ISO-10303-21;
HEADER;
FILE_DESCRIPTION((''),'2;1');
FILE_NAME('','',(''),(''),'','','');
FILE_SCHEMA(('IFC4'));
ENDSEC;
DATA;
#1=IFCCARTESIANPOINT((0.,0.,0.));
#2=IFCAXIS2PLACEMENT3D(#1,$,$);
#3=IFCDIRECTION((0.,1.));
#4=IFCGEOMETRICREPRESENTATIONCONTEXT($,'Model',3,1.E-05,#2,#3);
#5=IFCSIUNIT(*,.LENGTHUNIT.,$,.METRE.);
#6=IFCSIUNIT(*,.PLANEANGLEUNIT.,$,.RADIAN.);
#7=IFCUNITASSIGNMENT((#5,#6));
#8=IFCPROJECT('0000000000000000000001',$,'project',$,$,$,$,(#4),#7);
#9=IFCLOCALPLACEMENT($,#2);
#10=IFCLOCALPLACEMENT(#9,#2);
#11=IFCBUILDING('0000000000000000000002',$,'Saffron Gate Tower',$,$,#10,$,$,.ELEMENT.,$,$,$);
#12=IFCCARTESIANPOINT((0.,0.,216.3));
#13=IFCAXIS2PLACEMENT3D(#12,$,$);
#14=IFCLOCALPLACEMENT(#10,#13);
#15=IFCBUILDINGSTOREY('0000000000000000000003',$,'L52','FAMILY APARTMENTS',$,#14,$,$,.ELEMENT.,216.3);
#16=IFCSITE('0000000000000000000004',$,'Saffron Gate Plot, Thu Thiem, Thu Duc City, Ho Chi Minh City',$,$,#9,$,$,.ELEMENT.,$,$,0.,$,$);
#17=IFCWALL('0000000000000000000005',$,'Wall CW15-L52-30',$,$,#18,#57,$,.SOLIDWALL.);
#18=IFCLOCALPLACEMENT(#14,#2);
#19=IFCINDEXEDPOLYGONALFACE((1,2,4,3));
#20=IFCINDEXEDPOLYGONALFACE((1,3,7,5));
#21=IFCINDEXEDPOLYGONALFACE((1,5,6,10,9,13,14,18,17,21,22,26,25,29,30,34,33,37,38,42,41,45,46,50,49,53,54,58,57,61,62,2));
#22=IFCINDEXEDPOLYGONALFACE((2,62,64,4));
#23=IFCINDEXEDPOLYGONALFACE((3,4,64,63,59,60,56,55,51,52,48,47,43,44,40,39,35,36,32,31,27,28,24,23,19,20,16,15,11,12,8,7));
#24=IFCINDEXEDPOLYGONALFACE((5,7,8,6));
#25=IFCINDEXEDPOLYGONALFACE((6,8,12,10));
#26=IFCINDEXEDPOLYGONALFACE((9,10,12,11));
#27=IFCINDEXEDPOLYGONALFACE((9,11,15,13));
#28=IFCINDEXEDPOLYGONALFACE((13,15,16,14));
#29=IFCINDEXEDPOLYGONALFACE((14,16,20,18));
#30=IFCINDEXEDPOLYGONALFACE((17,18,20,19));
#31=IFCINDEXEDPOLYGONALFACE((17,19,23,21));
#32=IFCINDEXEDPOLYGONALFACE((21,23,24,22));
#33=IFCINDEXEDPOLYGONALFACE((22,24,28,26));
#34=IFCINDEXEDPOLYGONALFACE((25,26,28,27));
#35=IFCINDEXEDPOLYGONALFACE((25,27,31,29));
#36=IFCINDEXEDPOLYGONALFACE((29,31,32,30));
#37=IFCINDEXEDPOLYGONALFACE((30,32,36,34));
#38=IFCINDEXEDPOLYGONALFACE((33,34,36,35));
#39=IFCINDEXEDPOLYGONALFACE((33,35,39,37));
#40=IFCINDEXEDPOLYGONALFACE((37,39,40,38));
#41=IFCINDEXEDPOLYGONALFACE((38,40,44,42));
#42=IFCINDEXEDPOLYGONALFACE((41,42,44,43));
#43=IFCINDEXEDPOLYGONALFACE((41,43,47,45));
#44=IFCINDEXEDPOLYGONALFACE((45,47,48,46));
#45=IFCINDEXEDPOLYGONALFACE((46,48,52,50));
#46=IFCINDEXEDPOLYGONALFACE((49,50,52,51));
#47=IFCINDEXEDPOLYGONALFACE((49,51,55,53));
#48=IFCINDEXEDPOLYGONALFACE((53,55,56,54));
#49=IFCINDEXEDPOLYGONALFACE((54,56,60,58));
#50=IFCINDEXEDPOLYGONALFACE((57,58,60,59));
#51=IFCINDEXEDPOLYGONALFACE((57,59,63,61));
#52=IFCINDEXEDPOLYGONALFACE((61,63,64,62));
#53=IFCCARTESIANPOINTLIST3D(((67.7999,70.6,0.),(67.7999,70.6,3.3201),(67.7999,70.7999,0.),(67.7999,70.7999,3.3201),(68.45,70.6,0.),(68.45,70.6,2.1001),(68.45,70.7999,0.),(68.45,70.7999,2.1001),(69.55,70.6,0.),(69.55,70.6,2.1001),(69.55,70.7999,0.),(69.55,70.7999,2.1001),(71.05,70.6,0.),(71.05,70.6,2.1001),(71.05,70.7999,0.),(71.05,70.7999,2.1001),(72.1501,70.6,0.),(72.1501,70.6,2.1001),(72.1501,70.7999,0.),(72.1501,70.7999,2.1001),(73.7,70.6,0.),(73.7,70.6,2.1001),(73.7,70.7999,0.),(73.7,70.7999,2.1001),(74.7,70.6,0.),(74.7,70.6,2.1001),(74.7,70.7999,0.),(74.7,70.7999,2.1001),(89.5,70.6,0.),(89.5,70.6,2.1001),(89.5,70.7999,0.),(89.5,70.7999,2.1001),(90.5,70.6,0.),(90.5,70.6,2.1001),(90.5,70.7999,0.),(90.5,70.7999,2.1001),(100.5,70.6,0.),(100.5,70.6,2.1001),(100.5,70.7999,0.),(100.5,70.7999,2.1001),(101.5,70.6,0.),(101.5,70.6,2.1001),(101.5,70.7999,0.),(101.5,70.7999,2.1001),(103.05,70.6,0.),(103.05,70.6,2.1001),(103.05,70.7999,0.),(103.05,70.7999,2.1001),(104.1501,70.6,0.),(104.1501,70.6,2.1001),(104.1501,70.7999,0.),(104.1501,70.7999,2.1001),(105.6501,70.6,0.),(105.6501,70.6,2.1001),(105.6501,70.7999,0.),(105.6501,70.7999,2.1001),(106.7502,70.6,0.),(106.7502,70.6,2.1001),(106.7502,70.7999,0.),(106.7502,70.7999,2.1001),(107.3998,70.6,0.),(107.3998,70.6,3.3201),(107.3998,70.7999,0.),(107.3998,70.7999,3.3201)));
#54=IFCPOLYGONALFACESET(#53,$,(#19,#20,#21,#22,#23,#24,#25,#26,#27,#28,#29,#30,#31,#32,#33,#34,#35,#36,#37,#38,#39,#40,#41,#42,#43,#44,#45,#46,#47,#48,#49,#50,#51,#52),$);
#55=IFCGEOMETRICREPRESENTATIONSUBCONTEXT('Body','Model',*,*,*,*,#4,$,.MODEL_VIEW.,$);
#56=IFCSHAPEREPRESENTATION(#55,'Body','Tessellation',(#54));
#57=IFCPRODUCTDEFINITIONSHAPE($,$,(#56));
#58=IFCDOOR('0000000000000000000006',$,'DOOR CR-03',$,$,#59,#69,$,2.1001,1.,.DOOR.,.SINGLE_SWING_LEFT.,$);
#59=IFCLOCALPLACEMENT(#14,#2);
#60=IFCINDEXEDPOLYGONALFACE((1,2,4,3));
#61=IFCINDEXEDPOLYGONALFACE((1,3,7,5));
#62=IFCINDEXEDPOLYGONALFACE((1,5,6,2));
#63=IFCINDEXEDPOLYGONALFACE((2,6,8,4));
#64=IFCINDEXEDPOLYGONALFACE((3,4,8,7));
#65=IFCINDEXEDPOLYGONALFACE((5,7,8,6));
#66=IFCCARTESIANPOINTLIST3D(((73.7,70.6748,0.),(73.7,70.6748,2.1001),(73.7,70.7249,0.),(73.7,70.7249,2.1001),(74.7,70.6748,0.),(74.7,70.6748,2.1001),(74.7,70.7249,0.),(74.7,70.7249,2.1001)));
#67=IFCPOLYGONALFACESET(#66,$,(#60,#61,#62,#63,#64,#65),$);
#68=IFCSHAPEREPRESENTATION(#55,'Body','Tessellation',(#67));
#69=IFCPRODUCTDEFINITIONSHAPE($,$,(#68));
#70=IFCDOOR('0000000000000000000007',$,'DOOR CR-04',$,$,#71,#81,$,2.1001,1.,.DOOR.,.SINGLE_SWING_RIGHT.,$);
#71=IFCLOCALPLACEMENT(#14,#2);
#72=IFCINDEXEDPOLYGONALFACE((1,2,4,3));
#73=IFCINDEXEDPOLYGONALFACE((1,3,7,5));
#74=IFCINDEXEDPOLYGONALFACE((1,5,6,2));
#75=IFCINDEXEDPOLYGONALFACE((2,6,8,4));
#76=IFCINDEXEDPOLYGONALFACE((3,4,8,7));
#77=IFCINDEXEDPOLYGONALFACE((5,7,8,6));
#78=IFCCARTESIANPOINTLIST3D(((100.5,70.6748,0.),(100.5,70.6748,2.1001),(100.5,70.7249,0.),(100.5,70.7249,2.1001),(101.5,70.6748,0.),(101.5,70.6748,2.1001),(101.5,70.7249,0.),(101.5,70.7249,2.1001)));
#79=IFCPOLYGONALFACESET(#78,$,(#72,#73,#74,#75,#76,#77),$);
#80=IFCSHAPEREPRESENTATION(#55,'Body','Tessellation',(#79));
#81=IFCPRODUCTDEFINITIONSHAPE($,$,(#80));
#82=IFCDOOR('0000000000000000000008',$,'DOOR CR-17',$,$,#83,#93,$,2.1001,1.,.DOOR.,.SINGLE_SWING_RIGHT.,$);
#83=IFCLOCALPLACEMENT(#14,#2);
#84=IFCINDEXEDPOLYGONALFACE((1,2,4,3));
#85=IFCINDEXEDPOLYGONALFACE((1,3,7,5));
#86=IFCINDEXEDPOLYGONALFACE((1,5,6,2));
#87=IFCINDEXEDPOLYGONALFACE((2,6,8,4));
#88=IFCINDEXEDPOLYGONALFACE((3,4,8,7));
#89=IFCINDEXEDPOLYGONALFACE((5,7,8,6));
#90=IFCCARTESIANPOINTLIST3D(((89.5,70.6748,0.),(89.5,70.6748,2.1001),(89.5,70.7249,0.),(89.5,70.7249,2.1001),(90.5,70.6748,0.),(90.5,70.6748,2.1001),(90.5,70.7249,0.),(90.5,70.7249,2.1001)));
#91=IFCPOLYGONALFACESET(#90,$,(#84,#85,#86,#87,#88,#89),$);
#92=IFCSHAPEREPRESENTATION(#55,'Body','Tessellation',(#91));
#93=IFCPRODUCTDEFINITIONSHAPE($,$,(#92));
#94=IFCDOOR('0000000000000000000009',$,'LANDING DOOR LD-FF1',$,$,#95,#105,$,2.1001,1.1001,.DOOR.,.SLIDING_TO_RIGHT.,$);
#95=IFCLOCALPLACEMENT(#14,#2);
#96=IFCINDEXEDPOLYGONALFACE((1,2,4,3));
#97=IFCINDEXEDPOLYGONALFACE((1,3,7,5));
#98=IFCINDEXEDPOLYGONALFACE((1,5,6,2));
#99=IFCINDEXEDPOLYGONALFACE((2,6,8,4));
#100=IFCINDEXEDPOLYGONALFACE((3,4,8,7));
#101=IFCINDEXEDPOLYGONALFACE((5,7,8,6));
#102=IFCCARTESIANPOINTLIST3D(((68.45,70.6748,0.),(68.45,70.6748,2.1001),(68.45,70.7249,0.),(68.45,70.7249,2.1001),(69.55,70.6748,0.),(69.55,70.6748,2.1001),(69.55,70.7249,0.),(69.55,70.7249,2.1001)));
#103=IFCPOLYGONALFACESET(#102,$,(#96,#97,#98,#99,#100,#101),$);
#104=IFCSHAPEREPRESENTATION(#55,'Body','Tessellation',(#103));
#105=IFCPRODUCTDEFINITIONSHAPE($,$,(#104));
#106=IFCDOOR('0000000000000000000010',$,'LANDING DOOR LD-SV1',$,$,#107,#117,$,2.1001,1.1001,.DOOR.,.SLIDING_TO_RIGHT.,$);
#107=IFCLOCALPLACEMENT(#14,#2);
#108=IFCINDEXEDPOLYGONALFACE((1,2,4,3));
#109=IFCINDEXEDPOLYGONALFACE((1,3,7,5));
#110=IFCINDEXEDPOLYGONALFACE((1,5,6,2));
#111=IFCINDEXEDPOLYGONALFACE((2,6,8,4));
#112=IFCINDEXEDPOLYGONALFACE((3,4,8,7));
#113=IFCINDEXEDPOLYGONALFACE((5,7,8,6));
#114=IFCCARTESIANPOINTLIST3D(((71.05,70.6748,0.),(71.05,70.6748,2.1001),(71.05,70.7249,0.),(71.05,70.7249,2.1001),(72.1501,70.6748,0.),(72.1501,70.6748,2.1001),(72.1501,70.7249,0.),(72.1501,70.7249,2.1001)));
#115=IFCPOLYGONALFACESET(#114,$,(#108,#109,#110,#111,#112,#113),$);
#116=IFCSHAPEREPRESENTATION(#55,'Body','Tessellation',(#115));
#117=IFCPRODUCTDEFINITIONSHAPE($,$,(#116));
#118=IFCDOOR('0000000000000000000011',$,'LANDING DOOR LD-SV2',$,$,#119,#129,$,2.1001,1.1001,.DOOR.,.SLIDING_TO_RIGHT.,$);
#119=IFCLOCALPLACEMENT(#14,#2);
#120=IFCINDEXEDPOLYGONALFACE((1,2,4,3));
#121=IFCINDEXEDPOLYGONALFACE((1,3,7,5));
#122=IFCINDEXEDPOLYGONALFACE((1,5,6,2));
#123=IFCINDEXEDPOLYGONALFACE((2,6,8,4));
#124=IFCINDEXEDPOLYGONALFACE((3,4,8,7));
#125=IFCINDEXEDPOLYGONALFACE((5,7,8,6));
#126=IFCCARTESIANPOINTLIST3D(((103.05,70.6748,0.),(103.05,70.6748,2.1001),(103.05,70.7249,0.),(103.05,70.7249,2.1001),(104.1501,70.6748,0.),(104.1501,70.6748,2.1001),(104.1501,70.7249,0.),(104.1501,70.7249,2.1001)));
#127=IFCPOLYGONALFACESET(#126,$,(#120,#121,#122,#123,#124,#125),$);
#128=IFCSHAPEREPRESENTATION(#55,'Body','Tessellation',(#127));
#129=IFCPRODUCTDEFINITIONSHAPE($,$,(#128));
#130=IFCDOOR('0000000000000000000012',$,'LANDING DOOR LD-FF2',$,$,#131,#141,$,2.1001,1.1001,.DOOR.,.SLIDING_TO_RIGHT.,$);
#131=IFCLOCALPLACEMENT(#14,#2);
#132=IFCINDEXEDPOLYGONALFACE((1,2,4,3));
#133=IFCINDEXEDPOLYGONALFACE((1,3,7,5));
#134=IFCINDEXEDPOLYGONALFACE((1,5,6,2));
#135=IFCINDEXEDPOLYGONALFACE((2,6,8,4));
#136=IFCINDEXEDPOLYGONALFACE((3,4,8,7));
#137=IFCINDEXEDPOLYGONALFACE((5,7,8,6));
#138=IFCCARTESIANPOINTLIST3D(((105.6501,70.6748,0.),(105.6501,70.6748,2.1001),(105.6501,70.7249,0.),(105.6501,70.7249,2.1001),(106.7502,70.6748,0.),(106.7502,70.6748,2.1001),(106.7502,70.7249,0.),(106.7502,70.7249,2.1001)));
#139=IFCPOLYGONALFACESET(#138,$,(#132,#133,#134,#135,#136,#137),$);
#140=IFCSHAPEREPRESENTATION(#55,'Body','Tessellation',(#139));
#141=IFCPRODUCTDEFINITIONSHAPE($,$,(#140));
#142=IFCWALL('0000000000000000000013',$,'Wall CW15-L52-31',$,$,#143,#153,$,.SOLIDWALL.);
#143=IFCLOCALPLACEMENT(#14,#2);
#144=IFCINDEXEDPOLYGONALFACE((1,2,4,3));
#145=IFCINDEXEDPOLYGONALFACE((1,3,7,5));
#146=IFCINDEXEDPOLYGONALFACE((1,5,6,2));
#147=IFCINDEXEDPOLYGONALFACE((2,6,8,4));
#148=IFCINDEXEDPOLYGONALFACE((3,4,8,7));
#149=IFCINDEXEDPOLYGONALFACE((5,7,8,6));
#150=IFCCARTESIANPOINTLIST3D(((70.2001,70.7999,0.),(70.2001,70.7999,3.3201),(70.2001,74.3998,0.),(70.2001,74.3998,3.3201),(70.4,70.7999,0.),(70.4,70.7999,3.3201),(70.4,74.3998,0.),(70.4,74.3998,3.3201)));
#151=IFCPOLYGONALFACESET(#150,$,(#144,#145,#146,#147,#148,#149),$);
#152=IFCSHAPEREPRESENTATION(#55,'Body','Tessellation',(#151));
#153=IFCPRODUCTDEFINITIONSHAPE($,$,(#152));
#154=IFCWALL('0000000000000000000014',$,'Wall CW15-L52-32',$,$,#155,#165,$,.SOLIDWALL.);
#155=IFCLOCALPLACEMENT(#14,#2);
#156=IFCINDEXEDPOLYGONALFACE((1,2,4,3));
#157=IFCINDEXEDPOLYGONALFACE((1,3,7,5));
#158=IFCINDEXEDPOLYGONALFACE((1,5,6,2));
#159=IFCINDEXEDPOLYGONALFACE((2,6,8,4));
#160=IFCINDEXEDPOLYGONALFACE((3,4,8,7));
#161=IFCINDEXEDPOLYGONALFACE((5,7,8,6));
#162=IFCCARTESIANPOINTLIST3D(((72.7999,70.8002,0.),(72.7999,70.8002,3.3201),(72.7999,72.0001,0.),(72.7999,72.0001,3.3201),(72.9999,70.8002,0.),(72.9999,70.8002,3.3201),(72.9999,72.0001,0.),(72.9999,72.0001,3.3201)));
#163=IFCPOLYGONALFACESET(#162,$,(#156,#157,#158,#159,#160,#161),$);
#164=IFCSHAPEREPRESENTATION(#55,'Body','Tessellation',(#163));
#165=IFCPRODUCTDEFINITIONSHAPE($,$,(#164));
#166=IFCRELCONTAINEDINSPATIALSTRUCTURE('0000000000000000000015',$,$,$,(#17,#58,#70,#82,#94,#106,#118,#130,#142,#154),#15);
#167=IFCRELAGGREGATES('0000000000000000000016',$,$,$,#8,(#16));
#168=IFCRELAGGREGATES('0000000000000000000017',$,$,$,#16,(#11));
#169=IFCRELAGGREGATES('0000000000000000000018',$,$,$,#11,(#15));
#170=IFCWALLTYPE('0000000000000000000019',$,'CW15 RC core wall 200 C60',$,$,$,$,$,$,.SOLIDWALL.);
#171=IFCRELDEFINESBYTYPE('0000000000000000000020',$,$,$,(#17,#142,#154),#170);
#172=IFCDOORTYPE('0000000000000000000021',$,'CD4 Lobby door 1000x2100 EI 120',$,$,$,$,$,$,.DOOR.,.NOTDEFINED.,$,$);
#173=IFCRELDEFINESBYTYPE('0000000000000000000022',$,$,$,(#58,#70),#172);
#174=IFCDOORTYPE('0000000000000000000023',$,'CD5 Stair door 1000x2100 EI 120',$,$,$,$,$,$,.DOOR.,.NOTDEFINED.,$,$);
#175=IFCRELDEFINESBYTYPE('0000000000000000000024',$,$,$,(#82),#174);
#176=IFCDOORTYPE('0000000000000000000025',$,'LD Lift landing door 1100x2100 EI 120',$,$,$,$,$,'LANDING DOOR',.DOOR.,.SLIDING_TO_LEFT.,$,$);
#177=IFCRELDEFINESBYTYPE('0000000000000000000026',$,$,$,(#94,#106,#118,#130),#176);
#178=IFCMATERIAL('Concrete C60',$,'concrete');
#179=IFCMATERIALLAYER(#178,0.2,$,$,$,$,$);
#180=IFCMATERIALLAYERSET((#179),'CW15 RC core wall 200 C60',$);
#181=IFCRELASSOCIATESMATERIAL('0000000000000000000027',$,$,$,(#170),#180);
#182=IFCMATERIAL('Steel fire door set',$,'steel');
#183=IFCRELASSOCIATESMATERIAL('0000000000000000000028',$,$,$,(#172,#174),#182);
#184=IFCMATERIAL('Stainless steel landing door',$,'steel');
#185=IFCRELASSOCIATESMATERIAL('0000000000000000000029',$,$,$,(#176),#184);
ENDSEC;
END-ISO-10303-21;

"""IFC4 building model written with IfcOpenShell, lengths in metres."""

from ifc_helpers import new_model, si_unit, direction, frame, frame_2d, origin, place, context, subcontext, project, spatial, rectangle, extrude, material, layer, layer_set, type_object, element, fill, save


model = new_model("IFC4")

# Units and contexts
model_context = context("Model", 3, precision=1e-05, world=origin(), true_north=direction((0.0, 1.0)))
body_context = subcontext(model_context, "Body", "Model", "MODEL_VIEW")
ifc_project = project(units=[si_unit("LENGTHUNIT", "METRE"), si_unit("PLANEANGLEUNIT", "RADIAN")], contexts=[model_context])

# Site, building, storey
site_placement = place(None, origin())
site = spatial("IfcSite", under=ifc_project, at=site_placement, Name="Saffron Gate Plot, Thu Thiem, Thu Duc City, Ho Chi Minh City", CompositionType="ELEMENT", RefElevation=0.0)
building_placement = place(site_placement, origin())
building = spatial("IfcBuilding", under=site, at=building_placement, Name="Saffron Gate Tower", CompositionType="ELEMENT")
storey_placement = place(building_placement, frame((0.0, 0.0, 216.3)))
storey = spatial("IfcBuildingStorey", under=building, at=storey_placement, Name="L52", Description="FAMILY APARTMENTS", CompositionType="ELEMENT", Elevation=216.3)

# Wall, openings, doors
ifc_material_1 = material(Name="Concrete C60", Category="concrete")
ifc_layer_1 = layer(ifc_material_1, 0.2)
ifc_layer_set_1 = layer_set([ifc_layer_1], Name="CW15 RC core wall 200 C60")
wall_type_1 = type_object("IfcWallType", Name="CW15 RC core wall 200 C60", PredefinedType="SOLIDWALL", material=ifc_layer_set_1)
wall_1_placement = place(storey_placement, frame((67.8, 70.7, 0.0), z_axis=(0.0, 0.0, 1.0), x_axis=(1.0, 0.0, 0.0)))
wall_1 = element("IfcWall", 1, at=wall_1_placement, inside=storey, type_object=wall_type_1, Name="Wall CW15-L52-30", PredefinedType="SOLIDWALL", context=body_context, shape_type="SweptSolid", body=[
    extrude(rectangle(XDim=39.5999, YDim=0.2, at=frame_2d((19.7998, 0.0))), origin(), (0.0, 0.0, 1.0), 3.3201),
])
opening_1_placement = place(wall_1_placement, frame((0.6499, 0.0, 0.0)))
opening_1 = element("IfcOpeningElement", 2, at=opening_1_placement, cuts=wall_1, PredefinedType="OPENING", context=body_context, shape_type="SweptSolid", body=[
    extrude(rectangle(XDim=1.1001, YDim=2.1001, at=frame_2d((0.55, 1.05))), frame((0.0, 0.1099, 0.0), z_axis=(0.0, -1.0, 0.0), x_axis=(1.0, 0.0, 0.0)), (0.0, 0.0, 1.0), 0.22),
])
opening_2_placement = place(wall_1_placement, frame((3.25, 0.0, 0.0)))
opening_2 = element("IfcOpeningElement", 3, at=opening_2_placement, cuts=wall_1, PredefinedType="OPENING", context=body_context, shape_type="SweptSolid", body=[
    extrude(rectangle(XDim=1.1001, YDim=2.1001, at=frame_2d((0.55, 1.05))), frame((0.0, 0.1099, 0.0), z_axis=(0.0, -1.0, 0.0), x_axis=(1.0, 0.0, 0.0)), (0.0, 0.0, 1.0), 0.22),
])
opening_3_placement = place(wall_1_placement, frame((5.8999, 0.0, 0.0)))
opening_3 = element("IfcOpeningElement", 4, at=opening_3_placement, cuts=wall_1, PredefinedType="OPENING", context=body_context, shape_type="SweptSolid", body=[
    extrude(rectangle(XDim=1.0, YDim=2.1001, at=frame_2d((0.5, 1.05))), frame((0.0, 0.1099, 0.0), z_axis=(0.0, -1.0, 0.0), x_axis=(1.0, 0.0, 0.0)), (0.0, 0.0, 1.0), 0.22),
])
opening_4_placement = place(wall_1_placement, frame((21.7, 0.0, 0.0)))
opening_4 = element("IfcOpeningElement", 5, at=opening_4_placement, cuts=wall_1, PredefinedType="OPENING", context=body_context, shape_type="SweptSolid", body=[
    extrude(rectangle(XDim=1.0, YDim=2.1001, at=frame_2d((0.5, 1.05))), frame((0.0, 0.1099, 0.0), z_axis=(0.0, -1.0, 0.0), x_axis=(1.0, 0.0, 0.0)), (0.0, 0.0, 1.0), 0.22),
])
opening_5_placement = place(wall_1_placement, frame((32.7, 0.0, 0.0)))
opening_5 = element("IfcOpeningElement", 6, at=opening_5_placement, cuts=wall_1, PredefinedType="OPENING", context=body_context, shape_type="SweptSolid", body=[
    extrude(rectangle(XDim=1.0, YDim=2.1001, at=frame_2d((0.5, 1.05))), frame((0.0, 0.1099, 0.0), z_axis=(0.0, -1.0, 0.0), x_axis=(1.0, 0.0, 0.0)), (0.0, 0.0, 1.0), 0.22),
])
opening_6_placement = place(wall_1_placement, frame((35.25, 0.0, 0.0)))
opening_6 = element("IfcOpeningElement", 7, at=opening_6_placement, cuts=wall_1, PredefinedType="OPENING", context=body_context, shape_type="SweptSolid", body=[
    extrude(rectangle(XDim=1.1001, YDim=2.1001, at=frame_2d((0.55, 1.05))), frame((0.0, 0.1099, 0.0), z_axis=(0.0, -1.0, 0.0), x_axis=(1.0, 0.0, 0.0)), (0.0, 0.0, 1.0), 0.22),
])
opening_7_placement = place(wall_1_placement, frame((37.8501, 0.0, 0.0)))
opening_7 = element("IfcOpeningElement", 8, at=opening_7_placement, cuts=wall_1, PredefinedType="OPENING", context=body_context, shape_type="SweptSolid", body=[
    extrude(rectangle(XDim=1.1001, YDim=2.1001, at=frame_2d((0.55, 1.05))), frame((0.0, 0.1099, 0.0), z_axis=(0.0, -1.0, 0.0), x_axis=(1.0, 0.0, 0.0)), (0.0, 0.0, 1.0), 0.22),
])
ifc_material_2 = material(Name="Steel fire door set", Category="steel")
door_type_1 = type_object("IfcDoorType", Name="CD4 Lobby door 1000x2100 EI 120", OperationType="NOTDEFINED", PredefinedType="DOOR", material=ifc_material_2)
door_1_placement = place(opening_3_placement, origin())
door_1 = element("IfcDoor", 9, at=door_1_placement, inside=storey, type_object=door_type_1, Name="DOOR CR-03", OperationType="SINGLE_SWING_LEFT", OverallHeight=2.1001, OverallWidth=1.0, PredefinedType="DOOR", context=body_context, shape_type="SweptSolid", body=[
    extrude(rectangle(XDim=1.0, YDim=2.1001, at=frame_2d((0.5, 1.05))), frame((0.0, 0.0249, 0.0), z_axis=(0.0, -1.0, 0.0), x_axis=(1.0, 0.0, 0.0)), (0.0, 0.0, 1.0), 0.05),
])
fill(opening_3, door_1)
door_2_placement = place(opening_5_placement, origin())
door_2 = element("IfcDoor", 10, at=door_2_placement, inside=storey, type_object=door_type_1, Name="DOOR CR-04", OperationType="SINGLE_SWING_RIGHT", OverallHeight=2.1001, OverallWidth=1.0, PredefinedType="DOOR", context=body_context, shape_type="SweptSolid", body=[
    extrude(rectangle(XDim=1.0, YDim=2.1001, at=frame_2d((0.5, 1.05))), frame((0.0, 0.0249, 0.0), z_axis=(0.0, -1.0, 0.0), x_axis=(1.0, 0.0, 0.0)), (0.0, 0.0, 1.0), 0.05),
])
fill(opening_5, door_2)
door_type_2 = type_object("IfcDoorType", Name="CD5 Stair door 1000x2100 EI 120", OperationType="NOTDEFINED", PredefinedType="DOOR", material=ifc_material_2)
door_3_placement = place(opening_4_placement, origin())
door_3 = element("IfcDoor", 11, at=door_3_placement, inside=storey, type_object=door_type_2, Name="DOOR CR-17", OperationType="SINGLE_SWING_RIGHT", OverallHeight=2.1001, OverallWidth=1.0, PredefinedType="DOOR", context=body_context, shape_type="SweptSolid", body=[
    extrude(rectangle(XDim=1.0, YDim=2.1001, at=frame_2d((0.5, 1.05))), frame((0.0, 0.0249, 0.0), z_axis=(0.0, -1.0, 0.0), x_axis=(1.0, 0.0, 0.0)), (0.0, 0.0, 1.0), 0.05),
])
fill(opening_4, door_3)
ifc_material_3 = material(Name="Stainless steel landing door", Category="steel")
door_type_3 = type_object("IfcDoorType", Name="LD Lift landing door 1100x2100 EI 120", ElementType="LANDING DOOR", OperationType="SLIDING_TO_LEFT", PredefinedType="DOOR", material=ifc_material_3)
door_4_placement = place(opening_1_placement, origin())
door_4 = element("IfcDoor", 12, at=door_4_placement, inside=storey, type_object=door_type_3, Name="LANDING DOOR LD-FF1", OperationType="SLIDING_TO_RIGHT", OverallHeight=2.1001, OverallWidth=1.1001, PredefinedType="DOOR", context=body_context, shape_type="SweptSolid", body=[
    extrude(rectangle(XDim=1.1001, YDim=2.1001, at=frame_2d((0.55, 1.05))), frame((0.0, 0.0249, 0.0), z_axis=(0.0, -1.0, 0.0), x_axis=(1.0, 0.0, 0.0)), (0.0, 0.0, 1.0), 0.05),
])
fill(opening_1, door_4)
door_5_placement = place(opening_2_placement, origin())
door_5 = element("IfcDoor", 13, at=door_5_placement, inside=storey, type_object=door_type_3, Name="LANDING DOOR LD-SV1", OperationType="SLIDING_TO_RIGHT", OverallHeight=2.1001, OverallWidth=1.1001, PredefinedType="DOOR", context=body_context, shape_type="SweptSolid", body=[
    extrude(rectangle(XDim=1.1001, YDim=2.1001, at=frame_2d((0.55, 1.05))), frame((0.0, 0.0249, 0.0), z_axis=(0.0, -1.0, 0.0), x_axis=(1.0, 0.0, 0.0)), (0.0, 0.0, 1.0), 0.05),
])
fill(opening_2, door_5)
door_6_placement = place(opening_6_placement, origin())
door_6 = element("IfcDoor", 14, at=door_6_placement, inside=storey, type_object=door_type_3, Name="LANDING DOOR LD-SV2", OperationType="SLIDING_TO_RIGHT", OverallHeight=2.1001, OverallWidth=1.1001, PredefinedType="DOOR", context=body_context, shape_type="SweptSolid", body=[
    extrude(rectangle(XDim=1.1001, YDim=2.1001, at=frame_2d((0.55, 1.05))), frame((0.0, 0.0249, 0.0), z_axis=(0.0, -1.0, 0.0), x_axis=(1.0, 0.0, 0.0)), (0.0, 0.0, 1.0), 0.05),
])
fill(opening_6, door_6)
door_7_placement = place(opening_7_placement, origin())
door_7 = element("IfcDoor", 15, at=door_7_placement, inside=storey, type_object=door_type_3, Name="LANDING DOOR LD-FF2", OperationType="SLIDING_TO_RIGHT", OverallHeight=2.1001, OverallWidth=1.1001, PredefinedType="DOOR", context=body_context, shape_type="SweptSolid", body=[
    extrude(rectangle(XDim=1.1001, YDim=2.1001, at=frame_2d((0.55, 1.05))), frame((0.0, 0.0249, 0.0), z_axis=(0.0, -1.0, 0.0), x_axis=(1.0, 0.0, 0.0)), (0.0, 0.0, 1.0), 0.05),
])
fill(opening_7, door_7)

# Walls
wall_2_placement = place(storey_placement, frame((70.3, 70.8, 0.0), z_axis=(0.0, 0.0, 1.0), x_axis=(0.0, 1.0, 0.0)))
element("IfcWall", 16, at=wall_2_placement, inside=storey, type_object=wall_type_1, Name="Wall CW15-L52-31", PredefinedType="SOLIDWALL", context=body_context, shape_type="SweptSolid", body=[
    extrude(rectangle(XDim=3.5999, YDim=0.2, at=frame_2d((1.7998, 0.0))), origin(), (0.0, 0.0, 1.0), 3.3201),
])
wall_3_placement = place(storey_placement, frame((72.8999, 70.8, 0.0), z_axis=(0.0, 0.0, 1.0), x_axis=(0.0, 1.0, 0.0)))
element("IfcWall", 17, at=wall_3_placement, inside=storey, type_object=wall_type_1, Name="Wall CW15-L52-32", PredefinedType="SOLIDWALL", context=body_context, shape_type="SweptSolid", body=[
    extrude(rectangle(XDim=1.2, YDim=0.2, at=frame_2d((0.6001, 0.0))), origin(), (0.0, 0.0, 1.0), 3.3201),
])

save(model, "model.ifc")
